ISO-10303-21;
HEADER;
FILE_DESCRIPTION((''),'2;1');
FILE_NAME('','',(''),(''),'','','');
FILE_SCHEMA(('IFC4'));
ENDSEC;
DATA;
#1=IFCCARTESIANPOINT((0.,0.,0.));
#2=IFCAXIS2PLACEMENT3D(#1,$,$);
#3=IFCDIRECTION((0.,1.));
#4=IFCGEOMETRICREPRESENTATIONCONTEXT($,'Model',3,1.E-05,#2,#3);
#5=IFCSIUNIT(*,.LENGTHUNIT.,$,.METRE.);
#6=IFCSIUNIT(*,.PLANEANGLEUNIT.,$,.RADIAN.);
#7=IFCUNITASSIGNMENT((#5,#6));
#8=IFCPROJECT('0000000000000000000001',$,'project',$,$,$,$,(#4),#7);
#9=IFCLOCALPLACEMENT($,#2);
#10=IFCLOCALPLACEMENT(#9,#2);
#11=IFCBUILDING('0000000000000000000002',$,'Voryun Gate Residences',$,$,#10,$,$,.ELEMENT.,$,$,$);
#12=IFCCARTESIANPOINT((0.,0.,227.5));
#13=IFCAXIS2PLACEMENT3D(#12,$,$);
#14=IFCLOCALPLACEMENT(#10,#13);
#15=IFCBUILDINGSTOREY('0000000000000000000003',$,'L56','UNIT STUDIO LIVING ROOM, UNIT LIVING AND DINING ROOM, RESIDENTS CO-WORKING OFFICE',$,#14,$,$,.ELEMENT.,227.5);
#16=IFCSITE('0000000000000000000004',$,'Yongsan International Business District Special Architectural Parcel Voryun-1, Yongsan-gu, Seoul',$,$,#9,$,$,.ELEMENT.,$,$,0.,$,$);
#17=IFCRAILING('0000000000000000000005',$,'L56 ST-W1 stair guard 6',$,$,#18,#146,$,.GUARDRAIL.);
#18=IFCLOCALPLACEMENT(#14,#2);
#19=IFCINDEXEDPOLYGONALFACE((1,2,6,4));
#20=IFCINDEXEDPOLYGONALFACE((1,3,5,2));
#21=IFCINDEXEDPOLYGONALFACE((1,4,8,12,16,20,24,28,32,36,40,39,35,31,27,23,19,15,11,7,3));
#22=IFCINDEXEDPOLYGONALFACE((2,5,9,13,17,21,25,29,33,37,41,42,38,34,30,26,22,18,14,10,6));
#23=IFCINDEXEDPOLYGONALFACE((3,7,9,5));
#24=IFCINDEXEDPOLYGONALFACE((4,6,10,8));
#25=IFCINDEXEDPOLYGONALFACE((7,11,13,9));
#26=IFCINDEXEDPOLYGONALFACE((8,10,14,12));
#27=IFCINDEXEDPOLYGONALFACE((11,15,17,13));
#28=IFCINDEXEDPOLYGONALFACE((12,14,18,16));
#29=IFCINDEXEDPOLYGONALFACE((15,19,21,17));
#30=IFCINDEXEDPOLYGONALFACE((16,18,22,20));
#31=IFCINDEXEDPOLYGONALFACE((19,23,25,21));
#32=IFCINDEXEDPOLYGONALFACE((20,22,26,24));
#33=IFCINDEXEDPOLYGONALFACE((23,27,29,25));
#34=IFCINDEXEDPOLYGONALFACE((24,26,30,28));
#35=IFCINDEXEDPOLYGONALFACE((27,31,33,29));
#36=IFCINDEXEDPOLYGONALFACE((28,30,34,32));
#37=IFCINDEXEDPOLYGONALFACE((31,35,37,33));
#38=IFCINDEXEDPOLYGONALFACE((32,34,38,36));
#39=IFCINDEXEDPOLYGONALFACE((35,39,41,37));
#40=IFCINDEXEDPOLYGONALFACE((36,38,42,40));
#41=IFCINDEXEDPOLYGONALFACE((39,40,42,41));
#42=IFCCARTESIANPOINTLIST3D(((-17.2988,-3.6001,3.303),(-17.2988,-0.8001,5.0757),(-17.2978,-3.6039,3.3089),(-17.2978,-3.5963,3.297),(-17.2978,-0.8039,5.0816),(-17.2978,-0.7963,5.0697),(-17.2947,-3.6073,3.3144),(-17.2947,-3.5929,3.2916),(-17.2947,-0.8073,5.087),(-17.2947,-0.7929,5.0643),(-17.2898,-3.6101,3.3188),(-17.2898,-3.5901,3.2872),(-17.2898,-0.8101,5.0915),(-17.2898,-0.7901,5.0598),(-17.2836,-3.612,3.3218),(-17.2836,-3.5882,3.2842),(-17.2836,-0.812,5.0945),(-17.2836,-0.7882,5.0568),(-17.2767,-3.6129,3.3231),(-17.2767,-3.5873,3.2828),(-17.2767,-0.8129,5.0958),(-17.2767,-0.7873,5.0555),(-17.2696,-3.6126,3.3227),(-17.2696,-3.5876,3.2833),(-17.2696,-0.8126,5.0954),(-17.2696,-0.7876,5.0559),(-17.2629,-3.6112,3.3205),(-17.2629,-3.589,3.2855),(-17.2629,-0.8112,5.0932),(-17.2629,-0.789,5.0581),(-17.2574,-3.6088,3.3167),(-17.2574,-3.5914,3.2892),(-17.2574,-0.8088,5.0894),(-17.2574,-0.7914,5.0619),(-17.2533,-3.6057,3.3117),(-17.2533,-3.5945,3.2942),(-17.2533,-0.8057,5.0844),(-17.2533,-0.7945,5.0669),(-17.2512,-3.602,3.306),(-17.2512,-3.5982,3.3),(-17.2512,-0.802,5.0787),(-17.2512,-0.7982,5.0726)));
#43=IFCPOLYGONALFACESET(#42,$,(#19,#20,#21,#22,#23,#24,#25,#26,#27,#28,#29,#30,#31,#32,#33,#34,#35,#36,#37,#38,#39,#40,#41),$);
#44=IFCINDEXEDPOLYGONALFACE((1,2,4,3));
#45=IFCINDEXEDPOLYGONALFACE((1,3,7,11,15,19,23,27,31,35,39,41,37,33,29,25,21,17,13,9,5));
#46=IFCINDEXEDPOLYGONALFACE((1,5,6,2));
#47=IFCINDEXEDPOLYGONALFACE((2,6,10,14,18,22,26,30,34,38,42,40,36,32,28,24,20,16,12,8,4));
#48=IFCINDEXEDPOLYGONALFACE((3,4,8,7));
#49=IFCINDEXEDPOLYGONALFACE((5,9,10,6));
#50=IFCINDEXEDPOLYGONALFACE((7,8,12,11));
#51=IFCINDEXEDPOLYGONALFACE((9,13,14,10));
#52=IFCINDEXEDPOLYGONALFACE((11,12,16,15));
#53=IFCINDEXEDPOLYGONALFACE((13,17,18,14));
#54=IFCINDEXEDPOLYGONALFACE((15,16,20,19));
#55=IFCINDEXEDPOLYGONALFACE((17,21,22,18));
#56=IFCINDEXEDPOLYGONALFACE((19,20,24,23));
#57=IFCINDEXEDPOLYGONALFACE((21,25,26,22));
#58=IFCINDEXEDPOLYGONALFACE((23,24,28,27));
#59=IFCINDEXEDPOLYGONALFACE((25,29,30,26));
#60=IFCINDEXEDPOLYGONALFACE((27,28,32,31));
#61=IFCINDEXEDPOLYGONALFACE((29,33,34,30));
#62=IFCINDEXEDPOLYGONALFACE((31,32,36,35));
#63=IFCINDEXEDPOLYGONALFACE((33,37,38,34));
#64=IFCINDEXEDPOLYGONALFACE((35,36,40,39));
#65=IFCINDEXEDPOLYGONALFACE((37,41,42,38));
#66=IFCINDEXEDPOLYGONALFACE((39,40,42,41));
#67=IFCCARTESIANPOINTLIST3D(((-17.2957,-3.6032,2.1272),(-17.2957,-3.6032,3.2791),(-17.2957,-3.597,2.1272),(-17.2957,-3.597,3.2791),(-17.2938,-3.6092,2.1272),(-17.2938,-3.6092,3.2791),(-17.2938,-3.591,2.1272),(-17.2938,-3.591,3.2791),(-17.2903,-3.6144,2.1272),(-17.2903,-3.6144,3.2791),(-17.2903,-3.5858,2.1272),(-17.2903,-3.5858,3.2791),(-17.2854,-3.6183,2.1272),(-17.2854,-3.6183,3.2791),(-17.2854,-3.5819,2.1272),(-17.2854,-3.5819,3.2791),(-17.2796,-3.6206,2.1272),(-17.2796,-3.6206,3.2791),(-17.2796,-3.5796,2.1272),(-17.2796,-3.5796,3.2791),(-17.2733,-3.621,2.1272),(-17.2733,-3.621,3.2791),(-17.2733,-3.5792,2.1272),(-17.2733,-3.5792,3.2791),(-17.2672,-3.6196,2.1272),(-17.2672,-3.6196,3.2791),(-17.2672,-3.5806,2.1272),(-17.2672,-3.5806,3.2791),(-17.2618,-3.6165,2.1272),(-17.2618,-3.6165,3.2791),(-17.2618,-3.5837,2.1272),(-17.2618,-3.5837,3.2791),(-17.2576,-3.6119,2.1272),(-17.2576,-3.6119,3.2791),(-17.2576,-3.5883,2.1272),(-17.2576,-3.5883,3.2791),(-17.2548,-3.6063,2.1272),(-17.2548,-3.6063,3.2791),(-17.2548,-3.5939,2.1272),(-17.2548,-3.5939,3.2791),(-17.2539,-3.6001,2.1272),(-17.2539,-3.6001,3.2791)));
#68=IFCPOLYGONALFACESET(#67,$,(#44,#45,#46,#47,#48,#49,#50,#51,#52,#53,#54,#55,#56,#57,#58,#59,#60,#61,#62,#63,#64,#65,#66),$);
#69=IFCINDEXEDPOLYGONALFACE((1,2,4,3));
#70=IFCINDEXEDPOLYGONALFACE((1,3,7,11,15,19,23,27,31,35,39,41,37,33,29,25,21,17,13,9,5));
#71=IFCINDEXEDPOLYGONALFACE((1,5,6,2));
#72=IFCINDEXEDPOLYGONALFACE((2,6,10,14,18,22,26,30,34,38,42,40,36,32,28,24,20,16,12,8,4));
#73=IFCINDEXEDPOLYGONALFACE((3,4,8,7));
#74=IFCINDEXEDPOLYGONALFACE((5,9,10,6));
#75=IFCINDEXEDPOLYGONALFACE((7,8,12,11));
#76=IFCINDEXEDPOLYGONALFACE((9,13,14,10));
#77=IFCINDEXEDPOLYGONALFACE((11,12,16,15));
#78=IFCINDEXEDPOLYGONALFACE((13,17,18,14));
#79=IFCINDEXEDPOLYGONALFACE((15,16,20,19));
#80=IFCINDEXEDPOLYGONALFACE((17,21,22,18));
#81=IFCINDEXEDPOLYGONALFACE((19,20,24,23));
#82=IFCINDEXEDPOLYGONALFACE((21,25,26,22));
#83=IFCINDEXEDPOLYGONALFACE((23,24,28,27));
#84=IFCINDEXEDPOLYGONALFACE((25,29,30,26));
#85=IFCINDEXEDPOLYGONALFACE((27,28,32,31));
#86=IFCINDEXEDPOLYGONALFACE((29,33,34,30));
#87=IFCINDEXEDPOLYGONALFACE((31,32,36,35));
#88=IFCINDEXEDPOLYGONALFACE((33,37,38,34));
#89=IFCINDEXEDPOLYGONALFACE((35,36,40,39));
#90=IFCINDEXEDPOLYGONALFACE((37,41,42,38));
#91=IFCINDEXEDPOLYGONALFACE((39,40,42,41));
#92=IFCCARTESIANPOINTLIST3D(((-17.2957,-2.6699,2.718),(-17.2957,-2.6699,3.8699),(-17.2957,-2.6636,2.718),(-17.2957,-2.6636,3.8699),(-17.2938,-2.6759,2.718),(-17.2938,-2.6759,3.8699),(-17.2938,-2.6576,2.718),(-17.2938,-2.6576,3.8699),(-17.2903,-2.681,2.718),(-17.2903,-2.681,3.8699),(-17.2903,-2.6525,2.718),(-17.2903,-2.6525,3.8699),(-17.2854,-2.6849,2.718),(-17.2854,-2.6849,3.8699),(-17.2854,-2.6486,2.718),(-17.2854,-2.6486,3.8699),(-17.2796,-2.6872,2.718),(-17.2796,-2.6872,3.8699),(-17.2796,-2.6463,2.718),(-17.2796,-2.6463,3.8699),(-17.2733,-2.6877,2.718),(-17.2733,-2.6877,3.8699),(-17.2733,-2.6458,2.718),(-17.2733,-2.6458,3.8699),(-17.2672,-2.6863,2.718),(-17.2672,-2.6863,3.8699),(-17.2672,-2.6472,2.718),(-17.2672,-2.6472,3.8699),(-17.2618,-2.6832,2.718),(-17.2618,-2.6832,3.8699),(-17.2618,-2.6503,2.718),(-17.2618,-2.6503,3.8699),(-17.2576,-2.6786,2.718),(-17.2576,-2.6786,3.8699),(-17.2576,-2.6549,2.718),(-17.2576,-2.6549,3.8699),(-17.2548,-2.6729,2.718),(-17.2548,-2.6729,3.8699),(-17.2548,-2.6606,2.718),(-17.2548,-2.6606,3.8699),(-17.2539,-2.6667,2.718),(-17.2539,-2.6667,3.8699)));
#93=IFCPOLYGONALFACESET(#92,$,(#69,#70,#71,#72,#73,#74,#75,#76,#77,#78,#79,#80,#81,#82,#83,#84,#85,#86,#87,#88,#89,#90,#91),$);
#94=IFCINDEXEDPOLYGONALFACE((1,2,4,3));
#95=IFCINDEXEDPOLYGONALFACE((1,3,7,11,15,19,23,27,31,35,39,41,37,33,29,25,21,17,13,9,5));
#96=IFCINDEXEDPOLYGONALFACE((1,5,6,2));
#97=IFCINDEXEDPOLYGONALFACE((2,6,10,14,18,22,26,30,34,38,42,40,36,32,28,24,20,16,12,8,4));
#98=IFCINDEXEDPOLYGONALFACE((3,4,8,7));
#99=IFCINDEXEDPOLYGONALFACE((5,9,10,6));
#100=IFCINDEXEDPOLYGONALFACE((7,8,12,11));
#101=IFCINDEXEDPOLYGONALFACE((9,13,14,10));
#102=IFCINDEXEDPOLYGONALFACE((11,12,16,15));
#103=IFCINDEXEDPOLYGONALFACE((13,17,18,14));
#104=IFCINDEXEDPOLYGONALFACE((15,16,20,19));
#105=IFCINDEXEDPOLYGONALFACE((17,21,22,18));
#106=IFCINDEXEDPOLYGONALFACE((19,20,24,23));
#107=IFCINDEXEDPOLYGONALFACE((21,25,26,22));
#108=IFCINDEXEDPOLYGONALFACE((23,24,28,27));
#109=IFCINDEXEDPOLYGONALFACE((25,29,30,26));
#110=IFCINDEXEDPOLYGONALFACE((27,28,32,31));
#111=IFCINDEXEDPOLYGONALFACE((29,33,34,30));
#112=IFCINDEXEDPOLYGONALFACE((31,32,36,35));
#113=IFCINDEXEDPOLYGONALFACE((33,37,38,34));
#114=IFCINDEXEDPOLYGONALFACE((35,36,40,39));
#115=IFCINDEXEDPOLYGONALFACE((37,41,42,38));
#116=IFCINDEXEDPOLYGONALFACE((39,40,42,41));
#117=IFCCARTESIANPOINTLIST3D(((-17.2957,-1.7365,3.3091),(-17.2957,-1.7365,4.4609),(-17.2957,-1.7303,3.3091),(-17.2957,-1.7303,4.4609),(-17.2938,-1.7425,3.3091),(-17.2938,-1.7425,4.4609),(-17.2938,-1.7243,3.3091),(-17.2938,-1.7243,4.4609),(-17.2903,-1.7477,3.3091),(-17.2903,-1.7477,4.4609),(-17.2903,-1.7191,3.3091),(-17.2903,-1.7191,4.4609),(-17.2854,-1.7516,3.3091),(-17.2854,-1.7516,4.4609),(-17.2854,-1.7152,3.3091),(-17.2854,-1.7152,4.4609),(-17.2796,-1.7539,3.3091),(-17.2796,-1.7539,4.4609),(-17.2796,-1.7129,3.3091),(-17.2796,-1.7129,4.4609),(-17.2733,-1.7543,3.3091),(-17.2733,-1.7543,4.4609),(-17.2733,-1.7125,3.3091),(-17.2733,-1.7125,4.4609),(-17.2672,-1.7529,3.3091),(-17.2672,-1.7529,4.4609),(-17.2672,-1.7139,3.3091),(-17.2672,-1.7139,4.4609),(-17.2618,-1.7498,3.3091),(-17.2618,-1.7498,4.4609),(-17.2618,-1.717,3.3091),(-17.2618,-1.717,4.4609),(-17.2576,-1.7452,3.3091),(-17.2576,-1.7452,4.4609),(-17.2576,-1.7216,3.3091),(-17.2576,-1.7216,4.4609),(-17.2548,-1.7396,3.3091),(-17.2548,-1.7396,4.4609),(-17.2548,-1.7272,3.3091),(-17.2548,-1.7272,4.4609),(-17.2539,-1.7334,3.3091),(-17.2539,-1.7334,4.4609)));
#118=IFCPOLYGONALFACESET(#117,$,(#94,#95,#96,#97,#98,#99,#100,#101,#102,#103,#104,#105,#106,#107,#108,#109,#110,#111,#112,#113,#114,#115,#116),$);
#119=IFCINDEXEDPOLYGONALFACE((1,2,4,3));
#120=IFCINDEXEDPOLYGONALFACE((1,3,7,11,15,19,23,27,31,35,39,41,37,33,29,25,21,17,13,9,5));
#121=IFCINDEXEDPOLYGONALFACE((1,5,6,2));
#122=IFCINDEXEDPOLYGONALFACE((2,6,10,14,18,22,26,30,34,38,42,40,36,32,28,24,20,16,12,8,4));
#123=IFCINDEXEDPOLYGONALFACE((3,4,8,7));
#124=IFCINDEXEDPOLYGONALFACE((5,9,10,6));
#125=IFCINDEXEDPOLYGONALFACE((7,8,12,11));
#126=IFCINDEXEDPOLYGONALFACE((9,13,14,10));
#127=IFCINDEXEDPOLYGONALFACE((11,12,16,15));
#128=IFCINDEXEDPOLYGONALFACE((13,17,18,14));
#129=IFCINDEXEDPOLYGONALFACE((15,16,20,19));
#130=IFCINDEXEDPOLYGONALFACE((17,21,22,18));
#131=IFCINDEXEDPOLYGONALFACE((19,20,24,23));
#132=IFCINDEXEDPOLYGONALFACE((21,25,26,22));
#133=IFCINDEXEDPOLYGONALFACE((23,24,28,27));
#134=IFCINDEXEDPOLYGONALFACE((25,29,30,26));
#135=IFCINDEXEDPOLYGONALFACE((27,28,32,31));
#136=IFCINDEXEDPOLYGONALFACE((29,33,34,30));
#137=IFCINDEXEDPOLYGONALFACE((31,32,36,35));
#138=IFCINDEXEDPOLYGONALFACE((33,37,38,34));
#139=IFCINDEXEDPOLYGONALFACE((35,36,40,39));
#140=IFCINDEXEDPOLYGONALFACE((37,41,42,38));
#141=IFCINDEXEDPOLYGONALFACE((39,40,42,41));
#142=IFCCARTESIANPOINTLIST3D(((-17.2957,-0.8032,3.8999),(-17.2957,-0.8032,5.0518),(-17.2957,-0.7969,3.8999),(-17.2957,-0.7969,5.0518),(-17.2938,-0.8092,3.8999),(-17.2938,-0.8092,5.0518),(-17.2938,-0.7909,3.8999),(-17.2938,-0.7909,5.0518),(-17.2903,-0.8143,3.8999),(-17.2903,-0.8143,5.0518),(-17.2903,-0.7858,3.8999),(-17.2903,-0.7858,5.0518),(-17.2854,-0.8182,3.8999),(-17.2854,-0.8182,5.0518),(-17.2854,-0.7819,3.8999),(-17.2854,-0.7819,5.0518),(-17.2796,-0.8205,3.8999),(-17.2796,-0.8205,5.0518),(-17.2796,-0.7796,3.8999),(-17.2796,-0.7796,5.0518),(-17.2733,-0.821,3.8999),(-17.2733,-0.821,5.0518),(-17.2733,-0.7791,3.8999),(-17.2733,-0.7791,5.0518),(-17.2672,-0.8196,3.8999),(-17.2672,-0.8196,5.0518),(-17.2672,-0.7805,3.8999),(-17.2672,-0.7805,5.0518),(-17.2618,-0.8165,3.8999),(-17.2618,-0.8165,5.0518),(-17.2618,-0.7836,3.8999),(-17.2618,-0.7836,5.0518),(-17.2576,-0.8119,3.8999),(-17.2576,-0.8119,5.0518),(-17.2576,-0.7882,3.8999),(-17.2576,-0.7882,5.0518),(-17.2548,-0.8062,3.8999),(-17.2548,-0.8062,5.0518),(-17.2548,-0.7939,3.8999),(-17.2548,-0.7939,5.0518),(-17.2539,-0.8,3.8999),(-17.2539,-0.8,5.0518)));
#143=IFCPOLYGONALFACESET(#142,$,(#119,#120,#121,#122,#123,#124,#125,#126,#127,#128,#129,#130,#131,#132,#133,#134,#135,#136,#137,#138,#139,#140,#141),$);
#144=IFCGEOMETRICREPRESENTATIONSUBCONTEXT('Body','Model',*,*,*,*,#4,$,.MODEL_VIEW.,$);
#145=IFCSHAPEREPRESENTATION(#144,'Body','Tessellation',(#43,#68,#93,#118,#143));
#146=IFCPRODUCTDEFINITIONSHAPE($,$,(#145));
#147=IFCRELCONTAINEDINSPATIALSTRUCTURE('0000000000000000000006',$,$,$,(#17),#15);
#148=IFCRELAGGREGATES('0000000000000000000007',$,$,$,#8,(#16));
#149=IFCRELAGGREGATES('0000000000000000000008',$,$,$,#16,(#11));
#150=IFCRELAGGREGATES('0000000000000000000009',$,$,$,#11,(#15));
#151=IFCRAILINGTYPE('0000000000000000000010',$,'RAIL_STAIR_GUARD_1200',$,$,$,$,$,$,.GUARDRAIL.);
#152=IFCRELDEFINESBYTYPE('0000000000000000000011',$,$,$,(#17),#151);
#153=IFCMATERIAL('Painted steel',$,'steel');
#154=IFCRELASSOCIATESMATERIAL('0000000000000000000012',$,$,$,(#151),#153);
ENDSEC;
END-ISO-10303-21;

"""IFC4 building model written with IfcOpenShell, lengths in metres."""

from ifc_helpers import new_model, si_unit, direction, frame, origin, origin_2d, place, context, subcontext, project, spatial, circle, extrude, material, type_object, element, save


model = new_model("IFC4")

# Units and contexts
model_context = context("Model", 3, precision=1e-05, world=origin(), true_north=direction((0.0, 1.0)))
body_context = subcontext(model_context, "Body", "Model", "MODEL_VIEW")
ifc_project = project(units=[si_unit("LENGTHUNIT", "METRE"), si_unit("PLANEANGLEUNIT", "RADIAN")], contexts=[model_context])

# Site, building, storey
site_placement = place(None, origin())
site = spatial("IfcSite", under=ifc_project, at=site_placement, Name="Yongsan International Business District Special Architectural Parcel Voryun-1, Yongsan-gu, Seoul", CompositionType="ELEMENT", RefElevation=0.0)
building_placement = place(site_placement, origin())
building = spatial("IfcBuilding", under=site, at=building_placement, Name="Voryun Gate Residences", CompositionType="ELEMENT")
storey_placement = place(building_placement, frame((0.0, 0.0, 227.5)))
storey = spatial("IfcBuildingStorey", under=building, at=storey_placement, Name="L56", Description="UNIT STUDIO LIVING ROOM, UNIT LIVING AND DINING ROOM, RESIDENTS CO-WORKING OFFICE", CompositionType="ELEMENT", Elevation=227.5)

# Railing
ifc_material_1 = material(Name="Painted steel", Category="steel")
railing_type_1 = type_object("IfcRailingType", Name="RAIL_STAIR_GUARD_1200", PredefinedType="GUARDRAIL", material=ifc_material_1)
railing_1_placement = place(storey_placement, frame((-17.2749, -3.6001, 2.1272)))
element("IfcRailing", 1, at=railing_1_placement, inside=storey, type_object=railing_type_1, Name="L56 ST-W1 stair guard 6", PredefinedType="GUARDRAIL", context=body_context, shape_type="SweptSolid", body=[
    extrude(circle(Radius=0.0239, at=origin_2d()), frame((0.0, 0.0, 1.1758), z_axis=(0.0, 0.844909, 0.53491), x_axis=(-1.0, 0.0, 0.0)), (0.0, 0.0, 1.0), 3.314),
    extrude(circle(Radius=0.021, at=origin_2d()), origin(), (0.0, 0.0, 1.0), 1.1519),
    extrude(circle(Radius=0.021, at=origin_2d()), frame((0.0, 0.9333, 0.5908)), (0.0, 0.0, 1.0), 1.1519),
    extrude(circle(Radius=0.021, at=origin_2d()), frame((0.0, 1.8667, 1.1819)), (0.0, 0.0, 1.0), 1.1519),
    extrude(circle(Radius=0.021, at=origin_2d()), frame((0.0, 2.8, 1.7727)), (0.0, 0.0, 1.0), 1.1519),
])

save(model, "model.ifc")
